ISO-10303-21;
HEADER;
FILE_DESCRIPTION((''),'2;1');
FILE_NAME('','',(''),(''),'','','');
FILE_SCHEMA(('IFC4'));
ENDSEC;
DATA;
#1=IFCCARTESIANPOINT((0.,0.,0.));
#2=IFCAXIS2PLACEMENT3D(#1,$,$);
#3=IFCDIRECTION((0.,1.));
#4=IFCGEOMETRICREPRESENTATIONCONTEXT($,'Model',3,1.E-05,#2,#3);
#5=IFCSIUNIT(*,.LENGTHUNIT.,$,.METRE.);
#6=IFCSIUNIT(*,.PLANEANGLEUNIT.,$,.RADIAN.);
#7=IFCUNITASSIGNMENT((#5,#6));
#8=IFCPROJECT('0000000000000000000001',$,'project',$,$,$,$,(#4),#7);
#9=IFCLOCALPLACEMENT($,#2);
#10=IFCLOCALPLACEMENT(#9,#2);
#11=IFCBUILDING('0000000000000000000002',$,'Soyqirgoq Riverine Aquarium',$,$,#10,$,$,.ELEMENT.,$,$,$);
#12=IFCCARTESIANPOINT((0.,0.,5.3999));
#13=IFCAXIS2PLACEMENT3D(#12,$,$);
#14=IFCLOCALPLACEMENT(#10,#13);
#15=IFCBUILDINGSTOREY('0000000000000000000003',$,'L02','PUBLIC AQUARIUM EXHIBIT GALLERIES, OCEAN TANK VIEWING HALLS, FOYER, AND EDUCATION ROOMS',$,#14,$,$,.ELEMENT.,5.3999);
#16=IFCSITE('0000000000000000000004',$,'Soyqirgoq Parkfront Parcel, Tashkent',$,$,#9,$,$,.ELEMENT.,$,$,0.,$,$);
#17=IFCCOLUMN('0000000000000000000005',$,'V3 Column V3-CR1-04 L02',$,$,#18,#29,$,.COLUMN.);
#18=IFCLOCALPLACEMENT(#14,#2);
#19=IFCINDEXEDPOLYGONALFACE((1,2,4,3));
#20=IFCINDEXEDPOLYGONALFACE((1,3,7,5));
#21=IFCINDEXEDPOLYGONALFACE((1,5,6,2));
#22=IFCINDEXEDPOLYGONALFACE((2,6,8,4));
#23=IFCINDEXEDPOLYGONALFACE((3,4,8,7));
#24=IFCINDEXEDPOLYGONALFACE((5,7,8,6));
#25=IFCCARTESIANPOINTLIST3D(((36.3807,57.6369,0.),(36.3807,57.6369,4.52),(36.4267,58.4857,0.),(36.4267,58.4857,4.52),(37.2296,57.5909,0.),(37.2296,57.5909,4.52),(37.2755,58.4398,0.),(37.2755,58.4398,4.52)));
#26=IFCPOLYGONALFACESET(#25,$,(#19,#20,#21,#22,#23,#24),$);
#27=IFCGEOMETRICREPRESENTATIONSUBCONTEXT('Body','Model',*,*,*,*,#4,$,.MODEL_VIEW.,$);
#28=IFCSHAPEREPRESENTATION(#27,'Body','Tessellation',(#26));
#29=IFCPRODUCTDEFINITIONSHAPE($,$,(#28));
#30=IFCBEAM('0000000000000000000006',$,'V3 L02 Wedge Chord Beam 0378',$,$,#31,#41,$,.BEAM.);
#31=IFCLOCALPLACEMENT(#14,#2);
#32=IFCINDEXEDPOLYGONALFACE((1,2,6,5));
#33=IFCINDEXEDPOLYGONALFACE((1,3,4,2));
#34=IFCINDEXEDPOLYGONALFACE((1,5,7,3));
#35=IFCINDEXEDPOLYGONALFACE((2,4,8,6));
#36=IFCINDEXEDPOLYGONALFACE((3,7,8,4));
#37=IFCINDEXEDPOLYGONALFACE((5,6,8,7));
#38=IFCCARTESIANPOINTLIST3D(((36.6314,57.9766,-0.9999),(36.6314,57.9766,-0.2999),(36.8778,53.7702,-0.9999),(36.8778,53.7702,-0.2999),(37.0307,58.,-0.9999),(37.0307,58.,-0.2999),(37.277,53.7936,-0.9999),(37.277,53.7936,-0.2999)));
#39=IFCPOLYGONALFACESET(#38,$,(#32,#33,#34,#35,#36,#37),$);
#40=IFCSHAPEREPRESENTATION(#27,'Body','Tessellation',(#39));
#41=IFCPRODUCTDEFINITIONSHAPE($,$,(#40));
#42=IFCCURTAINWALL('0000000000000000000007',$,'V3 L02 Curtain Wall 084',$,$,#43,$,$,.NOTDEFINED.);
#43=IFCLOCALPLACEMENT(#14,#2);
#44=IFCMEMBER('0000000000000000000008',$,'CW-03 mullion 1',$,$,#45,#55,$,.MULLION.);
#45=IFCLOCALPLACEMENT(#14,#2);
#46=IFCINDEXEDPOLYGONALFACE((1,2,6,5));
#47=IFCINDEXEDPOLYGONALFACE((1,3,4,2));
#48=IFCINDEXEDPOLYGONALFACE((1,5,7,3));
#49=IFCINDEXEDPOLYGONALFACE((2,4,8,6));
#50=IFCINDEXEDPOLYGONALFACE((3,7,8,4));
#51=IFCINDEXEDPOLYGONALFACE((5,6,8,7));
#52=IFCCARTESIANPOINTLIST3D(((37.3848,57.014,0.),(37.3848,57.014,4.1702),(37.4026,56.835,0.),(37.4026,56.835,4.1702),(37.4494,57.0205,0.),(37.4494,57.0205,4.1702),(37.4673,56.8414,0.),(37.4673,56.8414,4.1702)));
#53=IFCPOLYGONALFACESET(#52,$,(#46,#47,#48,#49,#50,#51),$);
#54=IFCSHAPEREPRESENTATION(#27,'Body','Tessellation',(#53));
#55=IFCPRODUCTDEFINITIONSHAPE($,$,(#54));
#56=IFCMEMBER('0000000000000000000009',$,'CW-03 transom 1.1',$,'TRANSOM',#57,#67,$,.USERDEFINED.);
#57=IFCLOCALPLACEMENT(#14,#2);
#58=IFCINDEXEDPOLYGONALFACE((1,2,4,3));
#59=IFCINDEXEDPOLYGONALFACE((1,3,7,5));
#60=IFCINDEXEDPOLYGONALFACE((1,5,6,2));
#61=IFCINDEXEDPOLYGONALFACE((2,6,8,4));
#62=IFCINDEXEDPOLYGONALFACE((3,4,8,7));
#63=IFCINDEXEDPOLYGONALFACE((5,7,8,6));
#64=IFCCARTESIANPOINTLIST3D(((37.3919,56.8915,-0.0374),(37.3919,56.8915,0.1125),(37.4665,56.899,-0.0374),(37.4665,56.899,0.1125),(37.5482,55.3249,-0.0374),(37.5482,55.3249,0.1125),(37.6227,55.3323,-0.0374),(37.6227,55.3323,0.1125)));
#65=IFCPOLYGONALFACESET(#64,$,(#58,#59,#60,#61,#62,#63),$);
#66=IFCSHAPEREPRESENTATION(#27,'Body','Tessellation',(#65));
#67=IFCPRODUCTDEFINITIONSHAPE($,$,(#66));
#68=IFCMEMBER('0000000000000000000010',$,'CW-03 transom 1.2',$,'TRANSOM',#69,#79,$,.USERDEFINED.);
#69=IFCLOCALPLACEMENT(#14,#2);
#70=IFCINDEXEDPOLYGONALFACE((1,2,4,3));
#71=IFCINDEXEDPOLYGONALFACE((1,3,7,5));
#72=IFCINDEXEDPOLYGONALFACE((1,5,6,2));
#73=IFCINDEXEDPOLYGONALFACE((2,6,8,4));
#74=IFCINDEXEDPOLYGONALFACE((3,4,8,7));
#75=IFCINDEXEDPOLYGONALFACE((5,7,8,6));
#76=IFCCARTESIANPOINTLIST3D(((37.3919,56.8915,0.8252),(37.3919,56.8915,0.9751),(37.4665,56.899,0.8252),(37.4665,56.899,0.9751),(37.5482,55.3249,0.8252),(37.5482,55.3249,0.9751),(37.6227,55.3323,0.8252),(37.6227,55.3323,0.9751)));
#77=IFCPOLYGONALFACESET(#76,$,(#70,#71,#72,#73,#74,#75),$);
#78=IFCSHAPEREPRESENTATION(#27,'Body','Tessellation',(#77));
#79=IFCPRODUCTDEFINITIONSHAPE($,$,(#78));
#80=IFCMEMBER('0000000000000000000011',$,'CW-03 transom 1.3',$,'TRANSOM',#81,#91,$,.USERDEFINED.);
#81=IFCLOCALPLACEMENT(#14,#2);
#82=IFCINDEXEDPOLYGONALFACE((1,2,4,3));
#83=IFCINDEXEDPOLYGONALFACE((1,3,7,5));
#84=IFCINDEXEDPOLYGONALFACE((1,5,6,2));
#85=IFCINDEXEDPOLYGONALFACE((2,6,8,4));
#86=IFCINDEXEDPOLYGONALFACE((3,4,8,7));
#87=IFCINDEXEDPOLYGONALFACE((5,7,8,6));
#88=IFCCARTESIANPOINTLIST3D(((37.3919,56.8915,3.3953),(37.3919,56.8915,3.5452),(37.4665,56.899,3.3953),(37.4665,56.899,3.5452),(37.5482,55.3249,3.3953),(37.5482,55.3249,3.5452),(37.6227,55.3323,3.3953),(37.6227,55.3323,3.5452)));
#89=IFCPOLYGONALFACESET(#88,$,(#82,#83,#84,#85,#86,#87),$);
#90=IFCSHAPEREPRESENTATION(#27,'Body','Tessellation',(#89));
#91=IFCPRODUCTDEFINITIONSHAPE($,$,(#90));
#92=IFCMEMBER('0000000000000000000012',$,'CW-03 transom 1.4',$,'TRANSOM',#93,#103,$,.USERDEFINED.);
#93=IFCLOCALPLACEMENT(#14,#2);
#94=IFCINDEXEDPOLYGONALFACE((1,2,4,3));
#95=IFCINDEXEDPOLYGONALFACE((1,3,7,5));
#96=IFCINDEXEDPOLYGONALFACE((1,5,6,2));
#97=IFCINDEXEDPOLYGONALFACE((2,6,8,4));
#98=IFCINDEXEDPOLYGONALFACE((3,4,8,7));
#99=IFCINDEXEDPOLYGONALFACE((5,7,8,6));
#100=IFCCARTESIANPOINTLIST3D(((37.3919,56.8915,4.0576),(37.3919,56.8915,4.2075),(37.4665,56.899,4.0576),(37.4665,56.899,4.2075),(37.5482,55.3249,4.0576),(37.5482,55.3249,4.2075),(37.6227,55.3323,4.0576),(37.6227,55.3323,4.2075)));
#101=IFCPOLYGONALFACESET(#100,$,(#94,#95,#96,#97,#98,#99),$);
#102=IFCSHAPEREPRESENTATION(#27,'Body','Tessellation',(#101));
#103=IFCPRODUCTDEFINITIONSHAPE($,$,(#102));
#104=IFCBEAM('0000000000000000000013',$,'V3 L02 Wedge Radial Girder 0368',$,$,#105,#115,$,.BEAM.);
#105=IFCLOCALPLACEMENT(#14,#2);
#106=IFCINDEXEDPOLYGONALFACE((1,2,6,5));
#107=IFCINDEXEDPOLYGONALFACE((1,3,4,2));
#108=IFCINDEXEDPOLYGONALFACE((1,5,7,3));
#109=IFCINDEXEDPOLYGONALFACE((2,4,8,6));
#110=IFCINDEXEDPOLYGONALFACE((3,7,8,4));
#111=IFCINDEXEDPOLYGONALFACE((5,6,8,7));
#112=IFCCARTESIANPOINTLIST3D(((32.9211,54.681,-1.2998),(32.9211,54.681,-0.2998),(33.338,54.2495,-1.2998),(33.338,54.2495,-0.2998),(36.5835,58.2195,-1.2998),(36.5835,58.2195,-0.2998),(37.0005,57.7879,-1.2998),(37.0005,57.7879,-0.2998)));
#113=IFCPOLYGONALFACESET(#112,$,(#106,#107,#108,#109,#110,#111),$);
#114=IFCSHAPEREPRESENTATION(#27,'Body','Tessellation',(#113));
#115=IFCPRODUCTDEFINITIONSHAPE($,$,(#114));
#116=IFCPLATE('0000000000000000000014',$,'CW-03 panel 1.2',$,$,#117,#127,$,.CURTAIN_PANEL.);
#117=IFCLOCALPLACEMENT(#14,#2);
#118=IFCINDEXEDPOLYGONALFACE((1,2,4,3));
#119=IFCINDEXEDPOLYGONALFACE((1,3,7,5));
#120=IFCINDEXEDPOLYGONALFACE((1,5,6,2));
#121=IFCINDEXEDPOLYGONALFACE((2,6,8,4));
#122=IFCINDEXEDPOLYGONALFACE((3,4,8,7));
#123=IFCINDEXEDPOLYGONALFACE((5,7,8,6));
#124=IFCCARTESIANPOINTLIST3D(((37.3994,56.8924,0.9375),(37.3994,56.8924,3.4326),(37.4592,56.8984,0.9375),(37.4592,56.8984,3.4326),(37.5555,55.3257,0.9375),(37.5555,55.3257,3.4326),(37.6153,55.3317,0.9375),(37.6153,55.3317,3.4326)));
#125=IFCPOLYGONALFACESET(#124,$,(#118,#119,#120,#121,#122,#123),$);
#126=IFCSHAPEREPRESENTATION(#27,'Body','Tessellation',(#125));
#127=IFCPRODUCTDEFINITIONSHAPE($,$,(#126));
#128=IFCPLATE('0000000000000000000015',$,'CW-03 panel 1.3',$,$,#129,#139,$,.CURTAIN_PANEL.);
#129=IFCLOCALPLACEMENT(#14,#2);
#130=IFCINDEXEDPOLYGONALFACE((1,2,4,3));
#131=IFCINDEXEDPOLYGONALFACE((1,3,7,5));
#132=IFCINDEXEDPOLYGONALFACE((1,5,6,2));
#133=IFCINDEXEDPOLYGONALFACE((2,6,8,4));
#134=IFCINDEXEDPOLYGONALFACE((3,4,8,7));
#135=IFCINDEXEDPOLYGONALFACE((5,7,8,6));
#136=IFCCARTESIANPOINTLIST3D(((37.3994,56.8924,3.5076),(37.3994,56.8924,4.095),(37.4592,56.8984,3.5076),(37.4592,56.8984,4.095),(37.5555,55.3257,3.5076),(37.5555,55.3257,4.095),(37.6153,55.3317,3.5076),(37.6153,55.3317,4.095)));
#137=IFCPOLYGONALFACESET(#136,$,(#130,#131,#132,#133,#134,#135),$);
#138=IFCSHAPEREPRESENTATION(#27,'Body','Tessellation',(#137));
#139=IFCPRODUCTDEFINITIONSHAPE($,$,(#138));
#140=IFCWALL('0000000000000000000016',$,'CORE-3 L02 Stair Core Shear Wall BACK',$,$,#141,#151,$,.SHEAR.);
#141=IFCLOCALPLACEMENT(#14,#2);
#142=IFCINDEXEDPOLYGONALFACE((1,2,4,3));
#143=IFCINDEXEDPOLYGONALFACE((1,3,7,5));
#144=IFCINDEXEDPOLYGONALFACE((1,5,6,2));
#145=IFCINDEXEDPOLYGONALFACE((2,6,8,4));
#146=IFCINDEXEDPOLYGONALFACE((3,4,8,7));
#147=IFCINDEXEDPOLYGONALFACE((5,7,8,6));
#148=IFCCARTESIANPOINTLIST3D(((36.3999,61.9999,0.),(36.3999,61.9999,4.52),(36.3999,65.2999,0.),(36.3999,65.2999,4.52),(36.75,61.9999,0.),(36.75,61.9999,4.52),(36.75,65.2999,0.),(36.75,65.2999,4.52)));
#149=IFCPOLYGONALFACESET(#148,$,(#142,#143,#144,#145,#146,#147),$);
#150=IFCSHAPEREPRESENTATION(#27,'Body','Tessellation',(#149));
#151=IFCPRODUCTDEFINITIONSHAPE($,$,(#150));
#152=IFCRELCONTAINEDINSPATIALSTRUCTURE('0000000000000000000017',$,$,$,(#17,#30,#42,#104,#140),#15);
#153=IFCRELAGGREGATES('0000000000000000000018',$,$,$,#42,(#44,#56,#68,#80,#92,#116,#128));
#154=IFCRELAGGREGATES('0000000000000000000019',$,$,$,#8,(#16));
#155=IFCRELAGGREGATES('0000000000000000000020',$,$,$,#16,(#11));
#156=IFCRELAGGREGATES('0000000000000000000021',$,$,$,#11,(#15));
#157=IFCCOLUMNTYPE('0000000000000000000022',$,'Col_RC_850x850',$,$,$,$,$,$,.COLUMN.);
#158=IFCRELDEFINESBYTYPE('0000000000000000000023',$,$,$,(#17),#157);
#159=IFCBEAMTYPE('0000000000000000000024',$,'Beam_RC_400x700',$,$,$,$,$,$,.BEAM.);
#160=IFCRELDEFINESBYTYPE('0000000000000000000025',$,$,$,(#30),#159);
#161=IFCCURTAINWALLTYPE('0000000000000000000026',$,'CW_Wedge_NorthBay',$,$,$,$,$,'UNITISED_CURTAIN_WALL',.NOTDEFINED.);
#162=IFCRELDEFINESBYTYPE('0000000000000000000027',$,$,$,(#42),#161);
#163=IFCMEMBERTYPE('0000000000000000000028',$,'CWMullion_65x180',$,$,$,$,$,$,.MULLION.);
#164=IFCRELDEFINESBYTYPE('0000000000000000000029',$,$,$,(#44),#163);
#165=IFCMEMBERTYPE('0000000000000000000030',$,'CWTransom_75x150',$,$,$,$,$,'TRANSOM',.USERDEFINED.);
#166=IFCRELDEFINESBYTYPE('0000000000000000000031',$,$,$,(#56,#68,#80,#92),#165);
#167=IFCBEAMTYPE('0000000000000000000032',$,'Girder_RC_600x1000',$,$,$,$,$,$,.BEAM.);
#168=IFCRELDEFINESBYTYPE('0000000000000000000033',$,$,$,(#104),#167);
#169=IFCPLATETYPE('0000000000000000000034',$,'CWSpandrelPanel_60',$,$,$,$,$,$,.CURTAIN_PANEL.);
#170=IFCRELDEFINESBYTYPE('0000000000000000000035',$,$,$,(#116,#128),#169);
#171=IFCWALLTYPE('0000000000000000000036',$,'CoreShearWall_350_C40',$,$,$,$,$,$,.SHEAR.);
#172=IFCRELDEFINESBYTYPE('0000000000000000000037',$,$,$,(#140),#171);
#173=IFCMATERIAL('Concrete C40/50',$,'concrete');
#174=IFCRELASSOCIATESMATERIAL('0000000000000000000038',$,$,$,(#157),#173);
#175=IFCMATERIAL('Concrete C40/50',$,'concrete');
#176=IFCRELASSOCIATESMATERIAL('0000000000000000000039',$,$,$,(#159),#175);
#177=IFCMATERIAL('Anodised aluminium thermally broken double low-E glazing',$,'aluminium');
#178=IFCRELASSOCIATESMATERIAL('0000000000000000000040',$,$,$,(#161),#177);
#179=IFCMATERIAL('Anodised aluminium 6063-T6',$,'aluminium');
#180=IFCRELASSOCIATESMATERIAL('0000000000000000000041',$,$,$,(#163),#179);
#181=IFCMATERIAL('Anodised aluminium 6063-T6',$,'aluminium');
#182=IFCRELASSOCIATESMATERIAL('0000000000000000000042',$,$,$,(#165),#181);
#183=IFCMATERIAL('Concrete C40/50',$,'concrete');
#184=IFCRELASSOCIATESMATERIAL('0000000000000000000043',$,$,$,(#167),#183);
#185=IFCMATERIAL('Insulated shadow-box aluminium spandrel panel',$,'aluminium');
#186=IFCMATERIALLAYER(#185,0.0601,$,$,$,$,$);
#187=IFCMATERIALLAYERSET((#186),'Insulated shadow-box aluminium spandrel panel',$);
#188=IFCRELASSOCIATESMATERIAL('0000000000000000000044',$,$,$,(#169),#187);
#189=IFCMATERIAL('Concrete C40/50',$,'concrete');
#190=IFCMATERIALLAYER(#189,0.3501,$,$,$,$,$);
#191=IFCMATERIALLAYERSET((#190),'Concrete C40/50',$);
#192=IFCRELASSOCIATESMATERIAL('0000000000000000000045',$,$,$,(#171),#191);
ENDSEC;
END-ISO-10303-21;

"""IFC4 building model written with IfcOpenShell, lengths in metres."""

from ifc_helpers import new_model, si_unit, direction, frame, frame_2d, origin, origin_2d, place, context, subcontext, project, spatial, rectangle, extrude, material, layer, layer_set, material_profile, profile_set, type_object, element, aggregate, save


model = new_model("IFC4")

# Units and contexts
model_context = context("Model", 3, precision=1e-05, world=origin(), true_north=direction((0.0, 1.0)))
body_context = subcontext(model_context, "Body", "Model", "MODEL_VIEW")
ifc_project = project(units=[si_unit("LENGTHUNIT", "METRE"), si_unit("PLANEANGLEUNIT", "RADIAN")], contexts=[model_context])

# Site, building, storey
site_placement = place(None, origin())
site = spatial("IfcSite", under=ifc_project, at=site_placement, Name="Soyqirgoq Parkfront Parcel, Tashkent", CompositionType="ELEMENT", RefElevation=0.0)
building_placement = place(site_placement, origin())
building = spatial("IfcBuilding", under=site, at=building_placement, Name="Soyqirgoq Riverine Aquarium", CompositionType="ELEMENT")
storey_placement = place(building_placement, frame((0.0, 0.0, 5.3999)))
storey = spatial("IfcBuildingStorey", under=building, at=storey_placement, Name="L02", Description="PUBLIC AQUARIUM EXHIBIT GALLERIES, OCEAN TANK VIEWING HALLS, FOYER, AND EDUCATION ROOMS", CompositionType="ELEMENT", Elevation=5.3999)

# Column
ifc_material_1 = material(Name="Concrete C40/50", Category="concrete")
ifc_material_profile_1 = material_profile(ifc_material_1, rectangle(XDim=0.8501, YDim=0.8501, at=origin_2d()), Name="RC 850x850")
ifc_profile_set_1 = profile_set([ifc_material_profile_1], Name="Concrete C40/50")
column_type = type_object("IfcColumnType", Name="Col_RC_850x850", PredefinedType="COLUMN", material=ifc_profile_set_1)
column_placement = place(storey_placement, frame((36.8281, 58.0383, 0.0), z_axis=(0.0, 0.0, 1.0), x_axis=(-0.998537, 0.054079, 0.0)))
element("IfcColumn", 1, at=column_placement, inside=storey, type_object=column_type, Name="V3 Column V3-CR1-04 L02", PredefinedType="COLUMN", context=body_context, shape_type="SweptSolid", body=[
    extrude(rectangle(XDim=0.8501, YDim=0.8501, at=origin_2d()), origin(), (0.0, 0.0, 1.0), 4.52),
])

# Beam
ifc_material_2 = material(Name="Concrete C40/50", Category="concrete")
ifc_material_profile_2 = material_profile(ifc_material_2, rectangle(XDim=0.3999, YDim=0.7, at=origin_2d()), Name="RC 400x700")
ifc_profile_set_2 = profile_set([ifc_material_profile_2], Name="Concrete C40/50")
beam_type_1 = type_object("IfcBeamType", Name="Beam_RC_400x700", PredefinedType="BEAM", material=ifc_profile_set_2)
beam_1_placement = place(storey_placement, frame((36.8311, 57.9883, -0.6499), z_axis=(0.058464, -0.99829, 0.0), x_axis=(0.99829, 0.058464, 0.0)))
element("IfcBeam", 2, at=beam_1_placement, inside=storey, type_object=beam_type_1, Name="V3 L02 Wedge Chord Beam 0378", PredefinedType="BEAM", context=body_context, shape_type="SweptSolid", body=[
    extrude(rectangle(XDim=0.3999, YDim=0.7, at=origin_2d()), origin(), (0.0, 0.0, 1.0), 4.2136),
])

# Curtain wall, members
ifc_material_3 = material(Name="Anodised aluminium thermally broken double low-E glazing", Category="aluminium")
curtain_wall_type = type_object("IfcCurtainWallType", Name="CW_Wedge_NorthBay", ElementType="UNITISED_CURTAIN_WALL", PredefinedType="NOTDEFINED", material=ifc_material_3)
curtain_wall_placement = place(storey_placement, origin())
curtain_wall = element("IfcCurtainWall", 3, at=curtain_wall_placement, inside=storey, type_object=curtain_wall_type, Name="V3 L02 Curtain Wall 084", PredefinedType="NOTDEFINED")
ifc_material_4 = material(Name="Anodised aluminium 6063-T6", Category="aluminium")
ifc_material_profile_3 = material_profile(ifc_material_4, rectangle(XDim=0.0649, YDim=0.1799, at=origin_2d()), Name="ALU-M 65x180")
ifc_profile_set_3 = profile_set([ifc_material_profile_3], Name="Anodised aluminium 6063-T6")
member_type_1 = type_object("IfcMemberType", Name="CWMullion_65x180", PredefinedType="MULLION", material=ifc_profile_set_3)
member_1_placement = place(storey_placement, frame((37.426, 56.9277, 0.0), z_axis=(0.0, 0.0, 1.0), x_axis=(0.995074, 0.09914, 0.0)))
member_1 = element("IfcMember", 4, at=member_1_placement, type_object=member_type_1, Name="CW-03 mullion 1", PredefinedType="MULLION", context=body_context, shape_type="SweptSolid", body=[
    extrude(rectangle(XDim=0.0649, YDim=0.1799, at=origin_2d()), origin(), (0.0, 0.0, 1.0), 4.1702),
])
ifc_material_5 = material(Name="Anodised aluminium 6063-T6", Category="aluminium")
ifc_material_profile_4 = material_profile(ifc_material_5, rectangle(XDim=0.075, YDim=0.1499, at=origin_2d()), Name="ALU-T 75x150")
ifc_profile_set_4 = profile_set([ifc_material_profile_4], Name="Anodised aluminium 6063-T6")
member_type_2 = type_object("IfcMemberType", Name="CWTransom_75x150", ElementType="TRANSOM", PredefinedType="USERDEFINED", material=ifc_profile_set_4)
member_2_placement = place(storey_placement, frame((37.4292, 56.8953, 0.0376), z_axis=(0.099243, -0.995063, 0.0), x_axis=(0.995063, 0.099243, 0.0)))
member_2 = element("IfcMember", 5, at=member_2_placement, type_object=member_type_2, Name="CW-03 transom 1.1", ObjectType="TRANSOM", PredefinedType="USERDEFINED", context=body_context, shape_type="SweptSolid", body=[
    extrude(rectangle(XDim=0.075, YDim=0.1499, at=origin_2d()), origin(), (0.0, 0.0, 1.0), 1.5745),
])
member_3_placement = place(storey_placement, frame((37.4292, 56.8953, 0.9001), z_axis=(0.099243, -0.995063, 0.0), x_axis=(0.995063, 0.099243, 0.0)))
member_3 = element("IfcMember", 6, at=member_3_placement, type_object=member_type_2, Name="CW-03 transom 1.2", ObjectType="TRANSOM", PredefinedType="USERDEFINED", context=body_context, shape_type="SweptSolid", body=[
    extrude(rectangle(XDim=0.075, YDim=0.1499, at=origin_2d()), origin(), (0.0, 0.0, 1.0), 1.5745),
])
member_4_placement = place(storey_placement, frame((37.4292, 56.8953, 3.4702), z_axis=(0.099243, -0.995063, 0.0), x_axis=(0.995063, 0.099243, 0.0)))
member_4 = element("IfcMember", 7, at=member_4_placement, type_object=member_type_2, Name="CW-03 transom 1.3", ObjectType="TRANSOM", PredefinedType="USERDEFINED", context=body_context, shape_type="SweptSolid", body=[
    extrude(rectangle(XDim=0.075, YDim=0.1499, at=origin_2d()), origin(), (0.0, 0.0, 1.0), 1.5745),
])
member_5_placement = place(storey_placement, frame((37.4292, 56.8953, 4.1326), z_axis=(0.099243, -0.995063, 0.0), x_axis=(0.995063, 0.099243, 0.0)))
member_5 = element("IfcMember", 8, at=member_5_placement, type_object=member_type_2, Name="CW-03 transom 1.4", ObjectType="TRANSOM", PredefinedType="USERDEFINED", context=body_context, shape_type="SweptSolid", body=[
    extrude(rectangle(XDim=0.075, YDim=0.1499, at=origin_2d()), origin(), (0.0, 0.0, 1.0), 1.5745),
])

# Beam
ifc_material_6 = material(Name="Concrete C40/50", Category="concrete")
ifc_material_profile_5 = material_profile(ifc_material_6, rectangle(XDim=0.6001, YDim=1.0, at=origin_2d()), Name="RC 600x1000")
ifc_profile_set_5 = profile_set([ifc_material_profile_5], Name="Concrete C40/50")
beam_type_2 = type_object("IfcBeamType", Name="Girder_RC_600x1000", PredefinedType="BEAM", material=ifc_profile_set_5)
beam_2_placement = place(storey_placement, frame((36.792, 58.0037, -0.7998), z_axis=(-0.719179, -0.694825, 0.0), x_axis=(0.694825, -0.719179, 0.0)))
element("IfcBeam", 9, at=beam_2_placement, inside=storey, type_object=beam_type_2, Name="V3 L02 Wedge Radial Girder 0368", PredefinedType="BEAM", context=body_context, shape_type="SweptSolid", body=[
    extrude(rectangle(XDim=0.6001, YDim=1.0, at=origin_2d()), origin(), (0.0, 0.0, 1.0), 5.0925),
])

# Plates
ifc_material_7 = material(Name="Insulated shadow-box aluminium spandrel panel", Category="aluminium")
ifc_layer_1 = layer(ifc_material_7, 0.0601)
ifc_layer_set_1 = layer_set([ifc_layer_1], Name="Insulated shadow-box aluminium spandrel panel")
plate_type = type_object("IfcPlateType", Name="CWSpandrelPanel_60", PredefinedType="CURTAIN_PANEL", material=ifc_layer_set_1)
plate_1_placement = place(storey_placement, frame((37.5073, 56.1121, 0.9375), z_axis=(0.0, 0.0, 1.0), x_axis=(0.09914, -0.995074, 0.0)))
plate_1 = element("IfcPlate", 10, at=plate_1_placement, type_object=plate_type, Name="CW-03 panel 1.2", PredefinedType="CURTAIN_PANEL", context=body_context, shape_type="SweptSolid", body=[
    extrude(rectangle(XDim=1.5745, YDim=0.0601, at=origin_2d()), origin(), (0.0, 0.0, 1.0), 2.4951),
])
plate_2_placement = place(storey_placement, frame((37.5073, 56.1121, 3.5076), z_axis=(0.0, 0.0, 1.0), x_axis=(0.09914, -0.995074, 0.0)))
plate_2 = element("IfcPlate", 11, at=plate_2_placement, type_object=plate_type, Name="CW-03 panel 1.3", PredefinedType="CURTAIN_PANEL", context=body_context, shape_type="SweptSolid", body=[
    extrude(rectangle(XDim=1.5745, YDim=0.0601, at=origin_2d()), origin(), (0.0, 0.0, 1.0), 0.5874),
])
aggregate(curtain_wall, [member_1, member_2, member_3, member_4, member_5, plate_1, plate_2])

# Wall
ifc_material_8 = material(Name="Concrete C40/50", Category="concrete")
ifc_layer_2 = layer(ifc_material_8, 0.3501)
ifc_layer_set_2 = layer_set([ifc_layer_2], Name="Concrete C40/50")
wall_type_1 = type_object("IfcWallType", Name="CoreShearWall_350_C40", PredefinedType="SHEAR", material=ifc_layer_set_2)
wall_1_placement = place(storey_placement, frame((36.575, 62.0, 0.0), z_axis=(0.0, 0.0, 1.0), x_axis=(0.0, 1.0, 0.0)))
element("IfcWall", 12, at=wall_1_placement, inside=storey, type_object=wall_type_1, Name="CORE-3 L02 Stair Core Shear Wall BACK", PredefinedType="SHEAR", context=body_context, shape_type="SweptSolid", body=[
    extrude(rectangle(XDim=3.3, YDim=0.3501, at=frame_2d((1.6499, 0.0))), origin(), (0.0, 0.0, 1.0), 4.52),
])

save(model, "model.ifc")
